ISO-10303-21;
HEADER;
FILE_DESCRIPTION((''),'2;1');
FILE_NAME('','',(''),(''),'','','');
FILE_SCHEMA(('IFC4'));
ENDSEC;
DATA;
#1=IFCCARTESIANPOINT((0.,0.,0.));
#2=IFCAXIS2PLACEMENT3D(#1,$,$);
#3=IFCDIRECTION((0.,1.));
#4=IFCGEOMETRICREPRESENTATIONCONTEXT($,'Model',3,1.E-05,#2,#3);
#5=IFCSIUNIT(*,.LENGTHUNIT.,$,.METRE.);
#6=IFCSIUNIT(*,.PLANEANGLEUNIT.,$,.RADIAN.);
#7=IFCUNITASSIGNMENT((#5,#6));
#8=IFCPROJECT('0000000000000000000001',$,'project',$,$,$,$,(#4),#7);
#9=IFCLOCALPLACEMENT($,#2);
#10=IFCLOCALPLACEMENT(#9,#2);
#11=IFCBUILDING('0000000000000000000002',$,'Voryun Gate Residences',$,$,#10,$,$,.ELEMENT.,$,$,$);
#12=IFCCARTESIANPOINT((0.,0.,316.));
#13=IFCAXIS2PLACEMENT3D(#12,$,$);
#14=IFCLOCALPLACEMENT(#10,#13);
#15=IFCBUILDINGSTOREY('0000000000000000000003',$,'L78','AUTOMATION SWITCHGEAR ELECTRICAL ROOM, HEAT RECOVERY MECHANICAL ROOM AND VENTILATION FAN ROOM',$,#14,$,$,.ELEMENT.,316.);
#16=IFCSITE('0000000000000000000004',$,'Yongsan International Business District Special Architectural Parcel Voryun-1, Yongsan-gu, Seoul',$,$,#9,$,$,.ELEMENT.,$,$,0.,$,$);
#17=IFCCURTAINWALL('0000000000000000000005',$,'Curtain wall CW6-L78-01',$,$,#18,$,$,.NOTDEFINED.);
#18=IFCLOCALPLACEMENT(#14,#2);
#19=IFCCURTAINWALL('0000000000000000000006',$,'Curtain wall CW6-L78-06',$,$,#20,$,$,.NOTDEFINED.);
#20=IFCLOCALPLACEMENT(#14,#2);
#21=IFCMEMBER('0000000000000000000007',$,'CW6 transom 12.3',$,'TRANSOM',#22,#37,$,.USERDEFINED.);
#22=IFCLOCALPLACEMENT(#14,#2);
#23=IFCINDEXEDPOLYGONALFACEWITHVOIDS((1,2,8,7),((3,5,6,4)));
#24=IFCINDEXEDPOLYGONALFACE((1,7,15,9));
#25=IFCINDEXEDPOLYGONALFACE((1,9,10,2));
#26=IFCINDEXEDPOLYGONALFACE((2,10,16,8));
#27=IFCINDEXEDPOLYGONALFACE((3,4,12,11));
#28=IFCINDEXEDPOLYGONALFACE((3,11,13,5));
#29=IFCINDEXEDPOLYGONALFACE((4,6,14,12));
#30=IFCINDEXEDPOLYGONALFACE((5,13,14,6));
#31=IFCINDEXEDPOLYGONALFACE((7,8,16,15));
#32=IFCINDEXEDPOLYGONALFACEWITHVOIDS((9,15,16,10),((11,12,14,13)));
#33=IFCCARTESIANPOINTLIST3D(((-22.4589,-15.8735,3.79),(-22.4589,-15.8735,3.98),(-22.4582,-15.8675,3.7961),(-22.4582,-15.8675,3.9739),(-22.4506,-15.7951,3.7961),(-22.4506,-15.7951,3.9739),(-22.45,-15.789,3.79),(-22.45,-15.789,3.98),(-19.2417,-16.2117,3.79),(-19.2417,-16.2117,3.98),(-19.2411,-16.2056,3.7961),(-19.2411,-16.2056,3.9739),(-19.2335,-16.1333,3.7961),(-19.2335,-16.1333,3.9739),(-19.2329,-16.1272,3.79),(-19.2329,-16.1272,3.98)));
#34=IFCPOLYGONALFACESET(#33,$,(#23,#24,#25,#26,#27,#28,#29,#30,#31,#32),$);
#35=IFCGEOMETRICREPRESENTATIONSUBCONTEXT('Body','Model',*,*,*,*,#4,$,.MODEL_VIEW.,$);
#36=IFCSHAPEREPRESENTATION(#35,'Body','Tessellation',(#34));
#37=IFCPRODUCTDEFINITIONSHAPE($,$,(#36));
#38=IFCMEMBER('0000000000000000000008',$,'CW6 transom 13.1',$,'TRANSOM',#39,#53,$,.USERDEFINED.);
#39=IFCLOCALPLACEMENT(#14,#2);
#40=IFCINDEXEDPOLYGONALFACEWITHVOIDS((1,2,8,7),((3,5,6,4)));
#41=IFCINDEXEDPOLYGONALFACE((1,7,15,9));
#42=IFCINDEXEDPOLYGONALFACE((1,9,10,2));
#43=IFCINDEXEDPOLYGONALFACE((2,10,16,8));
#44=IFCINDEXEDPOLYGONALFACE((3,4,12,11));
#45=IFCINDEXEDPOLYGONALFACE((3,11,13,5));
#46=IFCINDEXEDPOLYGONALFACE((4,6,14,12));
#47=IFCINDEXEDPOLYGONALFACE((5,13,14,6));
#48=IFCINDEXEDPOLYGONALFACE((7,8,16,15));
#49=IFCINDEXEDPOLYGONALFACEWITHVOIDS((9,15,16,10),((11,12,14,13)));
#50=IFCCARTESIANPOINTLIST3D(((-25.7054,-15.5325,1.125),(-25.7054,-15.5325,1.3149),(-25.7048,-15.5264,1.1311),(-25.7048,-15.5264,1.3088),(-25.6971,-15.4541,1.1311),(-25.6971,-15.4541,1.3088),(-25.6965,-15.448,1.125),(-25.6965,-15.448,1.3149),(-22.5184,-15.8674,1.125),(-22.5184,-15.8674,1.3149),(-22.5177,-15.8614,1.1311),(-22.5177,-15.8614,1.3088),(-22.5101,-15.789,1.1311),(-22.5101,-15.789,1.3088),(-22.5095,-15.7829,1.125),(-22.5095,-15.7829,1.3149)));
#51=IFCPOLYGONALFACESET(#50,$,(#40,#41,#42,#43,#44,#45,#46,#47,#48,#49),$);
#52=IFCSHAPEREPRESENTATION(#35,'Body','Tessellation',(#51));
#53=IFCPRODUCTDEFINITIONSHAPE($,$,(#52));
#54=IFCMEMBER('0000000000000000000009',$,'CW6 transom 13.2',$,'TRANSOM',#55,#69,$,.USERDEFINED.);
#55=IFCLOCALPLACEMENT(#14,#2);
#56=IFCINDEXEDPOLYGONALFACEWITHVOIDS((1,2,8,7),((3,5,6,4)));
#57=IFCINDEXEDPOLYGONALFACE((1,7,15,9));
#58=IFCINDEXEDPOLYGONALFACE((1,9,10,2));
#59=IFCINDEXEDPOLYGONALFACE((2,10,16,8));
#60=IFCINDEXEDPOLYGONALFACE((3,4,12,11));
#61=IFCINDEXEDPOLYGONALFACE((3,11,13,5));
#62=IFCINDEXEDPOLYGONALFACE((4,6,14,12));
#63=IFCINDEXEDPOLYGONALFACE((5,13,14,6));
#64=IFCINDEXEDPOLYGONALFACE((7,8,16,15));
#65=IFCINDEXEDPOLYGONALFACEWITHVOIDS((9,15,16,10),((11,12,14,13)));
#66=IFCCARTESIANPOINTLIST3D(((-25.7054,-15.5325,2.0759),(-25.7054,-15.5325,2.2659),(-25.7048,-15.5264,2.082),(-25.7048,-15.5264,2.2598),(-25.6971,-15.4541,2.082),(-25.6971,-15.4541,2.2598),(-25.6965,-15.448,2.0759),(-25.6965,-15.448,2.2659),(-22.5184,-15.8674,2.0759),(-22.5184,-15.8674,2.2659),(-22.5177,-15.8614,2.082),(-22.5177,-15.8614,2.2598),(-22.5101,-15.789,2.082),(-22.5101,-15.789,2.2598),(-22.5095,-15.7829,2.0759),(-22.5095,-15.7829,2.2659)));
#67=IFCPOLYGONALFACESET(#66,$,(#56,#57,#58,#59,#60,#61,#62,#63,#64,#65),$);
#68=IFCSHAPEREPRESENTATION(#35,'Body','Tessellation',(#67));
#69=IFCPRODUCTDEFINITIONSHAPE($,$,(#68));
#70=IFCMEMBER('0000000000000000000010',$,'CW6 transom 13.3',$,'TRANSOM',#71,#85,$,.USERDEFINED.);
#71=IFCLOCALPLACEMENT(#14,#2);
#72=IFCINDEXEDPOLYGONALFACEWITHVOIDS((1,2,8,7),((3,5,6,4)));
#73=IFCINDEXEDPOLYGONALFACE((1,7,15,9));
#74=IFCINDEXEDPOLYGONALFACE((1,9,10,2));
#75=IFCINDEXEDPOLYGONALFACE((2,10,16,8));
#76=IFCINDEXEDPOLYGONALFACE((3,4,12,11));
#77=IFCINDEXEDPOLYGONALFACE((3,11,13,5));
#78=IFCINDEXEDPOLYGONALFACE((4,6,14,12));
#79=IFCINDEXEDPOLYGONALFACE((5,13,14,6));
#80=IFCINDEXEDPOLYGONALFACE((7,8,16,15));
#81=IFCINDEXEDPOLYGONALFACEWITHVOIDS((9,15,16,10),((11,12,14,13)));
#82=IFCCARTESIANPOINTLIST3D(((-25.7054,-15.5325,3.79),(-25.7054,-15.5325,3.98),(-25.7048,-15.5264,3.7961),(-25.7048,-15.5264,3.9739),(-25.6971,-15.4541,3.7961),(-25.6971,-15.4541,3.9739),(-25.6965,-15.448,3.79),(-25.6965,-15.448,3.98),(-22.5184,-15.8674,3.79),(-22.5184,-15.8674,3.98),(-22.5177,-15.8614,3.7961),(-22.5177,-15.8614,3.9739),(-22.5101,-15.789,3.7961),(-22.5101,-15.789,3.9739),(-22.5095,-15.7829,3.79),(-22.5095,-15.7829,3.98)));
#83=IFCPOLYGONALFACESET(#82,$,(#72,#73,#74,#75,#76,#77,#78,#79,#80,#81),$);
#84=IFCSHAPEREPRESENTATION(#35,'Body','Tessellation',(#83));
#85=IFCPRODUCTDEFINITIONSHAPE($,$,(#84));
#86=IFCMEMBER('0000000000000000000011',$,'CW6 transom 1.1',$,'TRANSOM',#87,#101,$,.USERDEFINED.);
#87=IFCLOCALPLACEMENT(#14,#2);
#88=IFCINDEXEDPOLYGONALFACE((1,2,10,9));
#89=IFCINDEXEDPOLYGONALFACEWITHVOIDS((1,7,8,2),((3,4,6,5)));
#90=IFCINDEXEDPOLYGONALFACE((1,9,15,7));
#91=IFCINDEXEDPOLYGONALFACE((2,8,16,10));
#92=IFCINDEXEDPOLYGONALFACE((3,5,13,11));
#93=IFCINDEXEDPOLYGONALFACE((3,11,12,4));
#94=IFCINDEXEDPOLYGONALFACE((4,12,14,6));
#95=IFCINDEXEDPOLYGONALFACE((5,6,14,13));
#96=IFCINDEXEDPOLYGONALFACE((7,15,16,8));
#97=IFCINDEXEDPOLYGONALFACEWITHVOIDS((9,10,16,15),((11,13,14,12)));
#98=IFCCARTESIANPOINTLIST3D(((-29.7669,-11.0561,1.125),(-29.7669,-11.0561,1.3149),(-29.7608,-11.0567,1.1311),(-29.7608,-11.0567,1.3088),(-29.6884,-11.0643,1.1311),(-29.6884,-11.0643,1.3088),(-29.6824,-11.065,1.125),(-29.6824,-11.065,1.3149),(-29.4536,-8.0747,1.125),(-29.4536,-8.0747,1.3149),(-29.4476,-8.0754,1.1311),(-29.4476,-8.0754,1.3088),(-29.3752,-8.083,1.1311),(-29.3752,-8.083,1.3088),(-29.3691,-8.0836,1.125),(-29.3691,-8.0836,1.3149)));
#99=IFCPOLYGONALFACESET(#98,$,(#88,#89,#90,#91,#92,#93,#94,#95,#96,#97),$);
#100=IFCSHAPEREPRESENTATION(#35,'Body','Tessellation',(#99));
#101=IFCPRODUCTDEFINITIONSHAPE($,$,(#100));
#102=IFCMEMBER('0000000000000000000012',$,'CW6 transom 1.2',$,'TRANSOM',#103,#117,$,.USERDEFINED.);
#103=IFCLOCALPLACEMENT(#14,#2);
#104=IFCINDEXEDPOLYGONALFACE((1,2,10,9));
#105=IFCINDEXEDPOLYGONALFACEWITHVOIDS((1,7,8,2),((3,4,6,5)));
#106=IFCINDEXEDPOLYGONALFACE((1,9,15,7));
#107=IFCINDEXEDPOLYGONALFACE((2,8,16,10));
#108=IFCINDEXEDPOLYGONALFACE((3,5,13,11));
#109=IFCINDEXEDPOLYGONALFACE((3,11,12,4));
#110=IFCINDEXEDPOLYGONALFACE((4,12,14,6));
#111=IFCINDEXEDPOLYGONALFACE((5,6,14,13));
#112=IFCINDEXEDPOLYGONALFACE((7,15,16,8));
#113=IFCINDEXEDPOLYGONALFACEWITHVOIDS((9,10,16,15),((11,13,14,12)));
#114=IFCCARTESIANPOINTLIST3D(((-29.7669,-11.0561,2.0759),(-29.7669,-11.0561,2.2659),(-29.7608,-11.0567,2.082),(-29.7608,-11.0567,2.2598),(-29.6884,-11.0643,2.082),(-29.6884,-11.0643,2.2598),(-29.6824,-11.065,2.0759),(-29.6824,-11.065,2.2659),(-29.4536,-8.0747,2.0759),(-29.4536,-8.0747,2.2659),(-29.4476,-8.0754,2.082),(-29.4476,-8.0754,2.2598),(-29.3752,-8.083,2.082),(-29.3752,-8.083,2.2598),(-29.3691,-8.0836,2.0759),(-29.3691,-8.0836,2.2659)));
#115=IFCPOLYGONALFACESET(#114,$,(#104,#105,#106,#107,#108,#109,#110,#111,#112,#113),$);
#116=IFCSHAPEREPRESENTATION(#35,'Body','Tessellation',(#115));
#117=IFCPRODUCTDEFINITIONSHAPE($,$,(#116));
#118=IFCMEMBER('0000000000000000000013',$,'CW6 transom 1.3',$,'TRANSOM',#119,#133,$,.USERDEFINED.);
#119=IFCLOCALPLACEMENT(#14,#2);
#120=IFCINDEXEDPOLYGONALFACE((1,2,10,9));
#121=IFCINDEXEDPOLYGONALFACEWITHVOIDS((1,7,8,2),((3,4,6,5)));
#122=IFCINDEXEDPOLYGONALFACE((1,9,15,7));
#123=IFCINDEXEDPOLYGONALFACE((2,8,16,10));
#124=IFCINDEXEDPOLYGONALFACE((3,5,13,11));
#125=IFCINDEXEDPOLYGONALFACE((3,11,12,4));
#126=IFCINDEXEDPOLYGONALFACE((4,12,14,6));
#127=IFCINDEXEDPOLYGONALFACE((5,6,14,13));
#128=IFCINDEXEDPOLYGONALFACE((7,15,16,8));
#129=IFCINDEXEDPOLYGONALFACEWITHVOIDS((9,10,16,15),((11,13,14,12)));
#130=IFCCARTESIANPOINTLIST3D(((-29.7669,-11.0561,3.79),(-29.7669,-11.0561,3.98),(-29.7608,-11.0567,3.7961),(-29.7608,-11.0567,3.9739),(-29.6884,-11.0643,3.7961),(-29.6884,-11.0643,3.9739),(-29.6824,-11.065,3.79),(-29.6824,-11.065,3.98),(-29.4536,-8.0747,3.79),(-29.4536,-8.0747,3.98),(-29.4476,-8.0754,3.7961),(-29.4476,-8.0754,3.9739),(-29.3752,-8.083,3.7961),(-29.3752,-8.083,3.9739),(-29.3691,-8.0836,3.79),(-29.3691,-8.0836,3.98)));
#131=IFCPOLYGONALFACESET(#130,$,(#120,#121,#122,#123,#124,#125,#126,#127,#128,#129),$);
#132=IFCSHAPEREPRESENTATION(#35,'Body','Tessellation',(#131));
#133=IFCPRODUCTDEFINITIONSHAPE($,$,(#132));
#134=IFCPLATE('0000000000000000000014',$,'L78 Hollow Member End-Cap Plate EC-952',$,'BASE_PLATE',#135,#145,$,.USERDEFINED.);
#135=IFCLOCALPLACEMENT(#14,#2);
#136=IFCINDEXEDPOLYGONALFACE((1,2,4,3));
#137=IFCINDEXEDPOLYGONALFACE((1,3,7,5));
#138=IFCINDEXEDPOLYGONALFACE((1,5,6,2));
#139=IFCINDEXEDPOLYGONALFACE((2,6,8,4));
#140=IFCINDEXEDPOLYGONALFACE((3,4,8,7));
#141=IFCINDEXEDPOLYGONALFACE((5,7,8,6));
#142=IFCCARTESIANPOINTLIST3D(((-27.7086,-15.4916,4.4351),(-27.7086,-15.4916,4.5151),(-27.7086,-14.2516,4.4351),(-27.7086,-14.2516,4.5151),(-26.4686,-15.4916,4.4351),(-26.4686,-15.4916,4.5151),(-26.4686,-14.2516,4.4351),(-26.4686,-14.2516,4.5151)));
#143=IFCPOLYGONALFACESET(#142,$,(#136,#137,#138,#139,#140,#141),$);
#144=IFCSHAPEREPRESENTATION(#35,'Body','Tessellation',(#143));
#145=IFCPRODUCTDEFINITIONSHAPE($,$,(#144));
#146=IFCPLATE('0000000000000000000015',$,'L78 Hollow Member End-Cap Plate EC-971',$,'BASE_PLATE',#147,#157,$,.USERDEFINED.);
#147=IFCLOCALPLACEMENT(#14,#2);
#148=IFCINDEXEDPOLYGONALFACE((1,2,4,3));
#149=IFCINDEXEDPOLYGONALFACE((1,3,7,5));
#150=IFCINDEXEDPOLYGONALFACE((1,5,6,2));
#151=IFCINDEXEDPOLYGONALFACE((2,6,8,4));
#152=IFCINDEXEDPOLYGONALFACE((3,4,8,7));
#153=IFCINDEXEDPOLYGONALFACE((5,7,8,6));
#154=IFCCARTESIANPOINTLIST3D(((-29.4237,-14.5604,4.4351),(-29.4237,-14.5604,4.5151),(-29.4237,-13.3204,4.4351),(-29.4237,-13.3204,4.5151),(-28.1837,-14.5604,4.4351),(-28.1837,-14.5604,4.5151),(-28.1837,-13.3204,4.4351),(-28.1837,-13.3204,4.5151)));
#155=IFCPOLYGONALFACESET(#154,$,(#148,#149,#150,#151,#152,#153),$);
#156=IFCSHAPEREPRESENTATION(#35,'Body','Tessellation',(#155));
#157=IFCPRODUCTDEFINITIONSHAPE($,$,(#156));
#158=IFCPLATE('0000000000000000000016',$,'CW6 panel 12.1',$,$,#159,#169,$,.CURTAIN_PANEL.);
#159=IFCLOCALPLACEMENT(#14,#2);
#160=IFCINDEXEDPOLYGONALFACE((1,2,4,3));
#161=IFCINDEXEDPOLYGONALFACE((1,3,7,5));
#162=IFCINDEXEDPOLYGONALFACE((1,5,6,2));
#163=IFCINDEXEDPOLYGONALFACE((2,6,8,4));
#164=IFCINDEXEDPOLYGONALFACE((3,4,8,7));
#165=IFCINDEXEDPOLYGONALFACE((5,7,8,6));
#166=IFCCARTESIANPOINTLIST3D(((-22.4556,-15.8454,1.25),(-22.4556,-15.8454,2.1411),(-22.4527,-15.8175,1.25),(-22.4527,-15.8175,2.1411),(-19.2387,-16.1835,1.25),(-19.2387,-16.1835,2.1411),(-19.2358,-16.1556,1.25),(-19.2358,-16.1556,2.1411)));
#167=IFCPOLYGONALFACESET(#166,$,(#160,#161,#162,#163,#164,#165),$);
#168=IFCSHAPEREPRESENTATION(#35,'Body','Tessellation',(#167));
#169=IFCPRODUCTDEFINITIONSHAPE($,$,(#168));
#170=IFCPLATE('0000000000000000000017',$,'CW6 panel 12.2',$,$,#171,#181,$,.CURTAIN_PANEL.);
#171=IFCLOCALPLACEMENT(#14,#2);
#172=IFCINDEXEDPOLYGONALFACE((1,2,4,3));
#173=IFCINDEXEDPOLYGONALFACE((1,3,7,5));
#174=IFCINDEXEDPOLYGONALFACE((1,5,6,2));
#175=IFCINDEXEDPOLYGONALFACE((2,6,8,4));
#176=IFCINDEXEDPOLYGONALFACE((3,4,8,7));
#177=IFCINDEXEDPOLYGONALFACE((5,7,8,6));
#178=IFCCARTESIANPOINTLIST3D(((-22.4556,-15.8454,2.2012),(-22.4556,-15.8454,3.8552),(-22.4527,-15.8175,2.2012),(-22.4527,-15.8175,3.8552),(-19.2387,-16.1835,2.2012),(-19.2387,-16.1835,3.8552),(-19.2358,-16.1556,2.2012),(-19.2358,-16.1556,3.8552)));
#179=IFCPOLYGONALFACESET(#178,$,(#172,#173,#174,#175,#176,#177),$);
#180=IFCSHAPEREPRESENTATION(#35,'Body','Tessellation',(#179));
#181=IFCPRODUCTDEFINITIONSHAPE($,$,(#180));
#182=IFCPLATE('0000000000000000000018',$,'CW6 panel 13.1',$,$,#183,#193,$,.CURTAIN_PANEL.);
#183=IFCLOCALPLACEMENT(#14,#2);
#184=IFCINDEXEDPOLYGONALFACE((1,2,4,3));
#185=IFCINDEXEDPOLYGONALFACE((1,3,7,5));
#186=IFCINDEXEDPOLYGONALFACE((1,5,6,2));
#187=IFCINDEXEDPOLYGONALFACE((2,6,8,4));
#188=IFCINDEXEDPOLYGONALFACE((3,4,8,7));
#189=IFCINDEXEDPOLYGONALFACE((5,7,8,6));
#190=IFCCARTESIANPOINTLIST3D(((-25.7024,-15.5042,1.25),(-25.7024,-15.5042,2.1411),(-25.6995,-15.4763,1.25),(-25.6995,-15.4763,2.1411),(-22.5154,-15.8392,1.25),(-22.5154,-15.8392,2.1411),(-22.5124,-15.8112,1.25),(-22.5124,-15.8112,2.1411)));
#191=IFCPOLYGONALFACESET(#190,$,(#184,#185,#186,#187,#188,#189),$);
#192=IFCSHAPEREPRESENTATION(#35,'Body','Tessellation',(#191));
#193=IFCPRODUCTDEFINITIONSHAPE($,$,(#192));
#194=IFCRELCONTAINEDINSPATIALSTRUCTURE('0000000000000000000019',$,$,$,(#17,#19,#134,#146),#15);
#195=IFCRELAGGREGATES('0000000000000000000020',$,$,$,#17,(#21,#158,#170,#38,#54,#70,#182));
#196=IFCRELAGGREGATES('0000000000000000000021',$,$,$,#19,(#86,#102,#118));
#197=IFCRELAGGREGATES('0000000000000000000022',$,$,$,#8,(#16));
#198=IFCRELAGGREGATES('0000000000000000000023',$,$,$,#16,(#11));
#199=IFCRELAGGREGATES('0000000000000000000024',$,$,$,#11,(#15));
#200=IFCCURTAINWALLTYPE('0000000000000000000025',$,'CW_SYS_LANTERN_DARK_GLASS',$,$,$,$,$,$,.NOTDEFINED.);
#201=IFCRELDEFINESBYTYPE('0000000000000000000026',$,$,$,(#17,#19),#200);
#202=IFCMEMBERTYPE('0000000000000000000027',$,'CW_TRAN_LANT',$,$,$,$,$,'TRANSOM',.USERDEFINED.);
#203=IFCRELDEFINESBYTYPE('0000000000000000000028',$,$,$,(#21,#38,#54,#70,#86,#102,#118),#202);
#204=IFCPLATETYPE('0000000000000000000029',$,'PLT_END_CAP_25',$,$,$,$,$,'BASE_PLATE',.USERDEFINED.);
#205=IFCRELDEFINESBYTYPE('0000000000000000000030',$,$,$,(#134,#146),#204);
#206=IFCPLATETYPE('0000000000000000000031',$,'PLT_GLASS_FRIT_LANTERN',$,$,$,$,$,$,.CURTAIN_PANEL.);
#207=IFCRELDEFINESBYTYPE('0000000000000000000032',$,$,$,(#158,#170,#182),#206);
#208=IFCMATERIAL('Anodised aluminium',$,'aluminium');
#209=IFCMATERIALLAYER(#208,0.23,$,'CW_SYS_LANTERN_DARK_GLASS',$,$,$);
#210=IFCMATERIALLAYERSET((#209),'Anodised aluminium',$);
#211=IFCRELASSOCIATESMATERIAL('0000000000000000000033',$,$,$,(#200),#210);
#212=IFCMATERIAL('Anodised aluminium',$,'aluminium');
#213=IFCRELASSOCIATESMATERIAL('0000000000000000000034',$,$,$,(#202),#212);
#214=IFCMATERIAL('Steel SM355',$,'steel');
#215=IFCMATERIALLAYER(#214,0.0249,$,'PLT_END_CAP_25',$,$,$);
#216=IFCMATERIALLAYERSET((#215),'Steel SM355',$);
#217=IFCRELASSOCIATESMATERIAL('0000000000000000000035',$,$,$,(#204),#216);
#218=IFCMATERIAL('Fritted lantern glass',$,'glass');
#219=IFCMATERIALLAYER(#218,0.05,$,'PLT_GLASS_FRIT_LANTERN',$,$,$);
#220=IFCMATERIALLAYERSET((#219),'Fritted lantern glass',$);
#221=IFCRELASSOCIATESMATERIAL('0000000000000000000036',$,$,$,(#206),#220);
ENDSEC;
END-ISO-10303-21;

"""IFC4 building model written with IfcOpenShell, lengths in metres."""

from ifc_helpers import new_model, si_unit, direction, frame, origin, origin_2d, place, context, subcontext, project, spatial, rectangle, hollow_rectangle, extrude, material, layer, layer_set, material_profile, profile_set, type_object, element, aggregate, save


model = new_model("IFC4")

# Units and contexts
model_context = context("Model", 3, precision=1e-05, world=origin(), true_north=direction((0.0, 1.0)))
body_context = subcontext(model_context, "Body", "Model", "MODEL_VIEW")
ifc_project = project(units=[si_unit("LENGTHUNIT", "METRE"), si_unit("PLANEANGLEUNIT", "RADIAN")], contexts=[model_context])

# Site, building, storey
site_placement = place(None, origin())
site = spatial("IfcSite", under=ifc_project, at=site_placement, Name="Yongsan International Business District Special Architectural Parcel Voryun-1, Yongsan-gu, Seoul", CompositionType="ELEMENT", RefElevation=0.0)
building_placement = place(site_placement, origin())
building = spatial("IfcBuilding", under=site, at=building_placement, Name="Voryun Gate Residences", CompositionType="ELEMENT")
storey_placement = place(building_placement, frame((0.0, 0.0, 316.0)))
storey = spatial("IfcBuildingStorey", under=building, at=storey_placement, Name="L78", Description="AUTOMATION SWITCHGEAR ELECTRICAL ROOM, HEAT RECOVERY MECHANICAL ROOM AND VENTILATION FAN ROOM", CompositionType="ELEMENT", Elevation=316.0)

# Curtain wall
ifc_material_1 = material(Name="Anodised aluminium", Category="aluminium")
ifc_layer_1 = layer(ifc_material_1, 0.23, Name="CW_SYS_LANTERN_DARK_GLASS")
ifc_layer_set_1 = layer_set([ifc_layer_1], Name="Anodised aluminium")
curtain_wall_type = type_object("IfcCurtainWallType", Name="CW_SYS_LANTERN_DARK_GLASS", PredefinedType="NOTDEFINED", material=ifc_layer_set_1)
curtain_wall_1_placement = place(storey_placement, origin())
curtain_wall_1 = element("IfcCurtainWall", 1, at=curtain_wall_1_placement, inside=storey, type_object=curtain_wall_type, Name="Curtain wall CW6-L78-01", PredefinedType="NOTDEFINED")

# Curtain wall
curtain_wall_2_placement = place(storey_placement, origin())
curtain_wall_2 = element("IfcCurtainWall", 2, at=curtain_wall_2_placement, inside=storey, type_object=curtain_wall_type, Name="Curtain wall CW6-L78-06", PredefinedType="NOTDEFINED")

# Members
ifc_material_2 = material(Name="Anodised aluminium", Category="aluminium")
ifc_material_profile_1 = material_profile(ifc_material_2, hollow_rectangle(XDim=0.085, YDim=0.1899, WallThickness=0.0061, at=origin_2d()), Name="ALU-TRAN-190x85x6")
ifc_profile_set_1 = profile_set([ifc_material_profile_1], Name="Anodised aluminium")
member_type_1 = type_object("IfcMemberType", Name="CW_TRAN_LANT", ElementType="TRANSOM", PredefinedType="USERDEFINED", material=ifc_profile_set_1)
member_1_placement = place(storey_placement, frame((-19.2373, -16.1694, 3.885), z_axis=(-0.994522, 0.104532, 0.0), x_axis=(-0.104532, -0.994522, 0.0)))
member_1 = element("IfcMember", 3, at=member_1_placement, type_object=member_type_1, Name="CW6 transom 12.3", ObjectType="TRANSOM", PredefinedType="USERDEFINED", context=body_context, shape_type="SweptSolid", body=[
    extrude(hollow_rectangle(XDim=0.085, YDim=0.1899, WallThickness=0.0061, at=origin_2d()), origin(), (0.0, 0.0, 1.0), 3.2349),
])
member_2_placement = place(storey_placement, frame((-22.5139, -15.8252, 1.22), z_axis=(-0.994522, 0.104526, 0.0), x_axis=(-0.104526, -0.994522, 0.0)))
member_2 = element("IfcMember", 4, at=member_2_placement, type_object=member_type_1, Name="CW6 transom 13.1", ObjectType="TRANSOM", PredefinedType="USERDEFINED", context=body_context, shape_type="SweptSolid", body=[
    extrude(hollow_rectangle(XDim=0.085, YDim=0.1899, WallThickness=0.0061, at=origin_2d()), origin(), (0.0, 0.0, 1.0), 3.2046),
])
member_3_placement = place(storey_placement, frame((-22.5139, -15.8252, 2.1709), z_axis=(-0.994522, 0.104526, 0.0), x_axis=(-0.104526, -0.994522, 0.0)))
member_3 = element("IfcMember", 5, at=member_3_placement, type_object=member_type_1, Name="CW6 transom 13.2", ObjectType="TRANSOM", PredefinedType="USERDEFINED", context=body_context, shape_type="SweptSolid", body=[
    extrude(hollow_rectangle(XDim=0.085, YDim=0.1899, WallThickness=0.0061, at=origin_2d()), origin(), (0.0, 0.0, 1.0), 3.2046),
])
member_4_placement = place(storey_placement, frame((-22.5139, -15.8252, 3.885), z_axis=(-0.994522, 0.104526, 0.0), x_axis=(-0.104526, -0.994522, 0.0)))
member_4 = element("IfcMember", 6, at=member_4_placement, type_object=member_type_1, Name="CW6 transom 13.3", ObjectType="TRANSOM", PredefinedType="USERDEFINED", context=body_context, shape_type="SweptSolid", body=[
    extrude(hollow_rectangle(XDim=0.085, YDim=0.1899, WallThickness=0.0061, at=origin_2d()), origin(), (0.0, 0.0, 1.0), 3.2046),
])
member_5_placement = place(storey_placement, frame((-29.7246, -11.0605, 1.22), z_axis=(0.104486, 0.994526, 0.0), x_axis=(-0.994526, 0.104486, 0.0)))
member_5 = element("IfcMember", 7, at=member_5_placement, type_object=member_type_1, Name="CW6 transom 1.1", ObjectType="TRANSOM", PredefinedType="USERDEFINED", context=body_context, shape_type="SweptSolid", body=[
    extrude(hollow_rectangle(XDim=0.085, YDim=0.1899, WallThickness=0.0061, at=origin_2d()), origin(), (0.0, 0.0, 1.0), 2.9978),
])
member_6_placement = place(storey_placement, frame((-29.7246, -11.0605, 2.1709), z_axis=(0.104486, 0.994526, 0.0), x_axis=(-0.994526, 0.104486, 0.0)))
member_6 = element("IfcMember", 8, at=member_6_placement, type_object=member_type_1, Name="CW6 transom 1.2", ObjectType="TRANSOM", PredefinedType="USERDEFINED", context=body_context, shape_type="SweptSolid", body=[
    extrude(hollow_rectangle(XDim=0.085, YDim=0.1899, WallThickness=0.0061, at=origin_2d()), origin(), (0.0, 0.0, 1.0), 2.9978),
])
member_7_placement = place(storey_placement, frame((-29.7246, -11.0605, 3.885), z_axis=(0.104486, 0.994526, 0.0), x_axis=(-0.994526, 0.104486, 0.0)))
member_7 = element("IfcMember", 9, at=member_7_placement, type_object=member_type_1, Name="CW6 transom 1.3", ObjectType="TRANSOM", PredefinedType="USERDEFINED", context=body_context, shape_type="SweptSolid", body=[
    extrude(hollow_rectangle(XDim=0.085, YDim=0.1899, WallThickness=0.0061, at=origin_2d()), origin(), (0.0, 0.0, 1.0), 2.9978),
])

# Plates
ifc_material_3 = material(Name="Steel SM355", Category="steel")
ifc_layer_2 = layer(ifc_material_3, 0.0249, Name="PLT_END_CAP_25")
ifc_layer_set_2 = layer_set([ifc_layer_2], Name="Steel SM355")
plate_type_1 = type_object("IfcPlateType", Name="PLT_END_CAP_25", ElementType="BASE_PLATE", PredefinedType="USERDEFINED", material=ifc_layer_set_2)
for number, where, z_axis, x_axis, name in (
    (10, (-27.0886, -14.8716, 4.4351), (0.0, 0.0, 1.0), (1.0, 0.0, 0.0), "L78 Hollow Member End-Cap Plate EC-952"),
    (11, (-28.8037, -13.9404, 4.4351), (0.0, 0.0, 1.0), (1.0, 0.0, 0.0), "L78 Hollow Member End-Cap Plate EC-971"),
):
    element("IfcPlate", number, at=place(storey_placement, frame(where, z_axis=z_axis, x_axis=x_axis)), inside=storey, type_object=plate_type_1, Name=name, ObjectType="BASE_PLATE", PredefinedType="USERDEFINED", context=body_context, shape_type="SweptSolid", body=[
        extrude(rectangle(XDim=1.24, YDim=1.24, at=origin_2d()), origin(), (0.0, 0.0, 1.0), 0.0801),
    ])

# Plates
ifc_material_4 = material(Name="Fritted lantern glass", Category="glass")
ifc_layer_3 = layer(ifc_material_4, 0.05, Name="PLT_GLASS_FRIT_LANTERN")
ifc_layer_set_3 = layer_set([ifc_layer_3], Name="Fritted lantern glass")
plate_type_2 = type_object("IfcPlateType", Name="PLT_GLASS_FRIT_LANTERN", PredefinedType="CURTAIN_PANEL", material=ifc_layer_set_3)
plate_1_placement = place(storey_placement, frame((-20.8457, -16.0005, 1.25), z_axis=(0.0, 0.0, 1.0), x_axis=(-0.994522, 0.104528, 0.0)))
plate_1 = element("IfcPlate", 12, at=plate_1_placement, type_object=plate_type_2, Name="CW6 panel 12.1", PredefinedType="CURTAIN_PANEL", context=body_context, shape_type="SweptSolid", body=[
    extrude(rectangle(XDim=3.2346, YDim=0.0281, at=origin_2d()), origin(), (0.0, 0.0, 1.0), 0.8911),
])
plate_2_placement = place(storey_placement, frame((-20.8457, -16.0005, 2.2012), z_axis=(0.0, 0.0, 1.0), x_axis=(-0.994522, 0.104528, 0.0)))
plate_2 = element("IfcPlate", 13, at=plate_2_placement, type_object=plate_type_2, Name="CW6 panel 12.2", PredefinedType="CURTAIN_PANEL", context=body_context, shape_type="SweptSolid", body=[
    extrude(rectangle(XDim=3.2346, YDim=0.0281, at=origin_2d()), origin(), (0.0, 0.0, 1.0), 1.6541),
])
plate_3_placement = place(storey_placement, frame((-24.1074, -15.6577, 1.25), z_axis=(0.0, 0.0, 1.0), x_axis=(-0.994522, 0.104528, 0.0)))
plate_3 = element("IfcPlate", 14, at=plate_3_placement, type_object=plate_type_2, Name="CW6 panel 13.1", PredefinedType="CURTAIN_PANEL", context=body_context, shape_type="SweptSolid", body=[
    extrude(rectangle(XDim=3.2046, YDim=0.0281, at=origin_2d()), origin(), (0.0, 0.0, 1.0), 0.8911),
])
aggregate(curtain_wall_1, [member_1, plate_1, plate_2, member_2, member_3, member_4, plate_3])
aggregate(curtain_wall_2, [member_5, member_6, member_7])

save(model, "model.ifc")
